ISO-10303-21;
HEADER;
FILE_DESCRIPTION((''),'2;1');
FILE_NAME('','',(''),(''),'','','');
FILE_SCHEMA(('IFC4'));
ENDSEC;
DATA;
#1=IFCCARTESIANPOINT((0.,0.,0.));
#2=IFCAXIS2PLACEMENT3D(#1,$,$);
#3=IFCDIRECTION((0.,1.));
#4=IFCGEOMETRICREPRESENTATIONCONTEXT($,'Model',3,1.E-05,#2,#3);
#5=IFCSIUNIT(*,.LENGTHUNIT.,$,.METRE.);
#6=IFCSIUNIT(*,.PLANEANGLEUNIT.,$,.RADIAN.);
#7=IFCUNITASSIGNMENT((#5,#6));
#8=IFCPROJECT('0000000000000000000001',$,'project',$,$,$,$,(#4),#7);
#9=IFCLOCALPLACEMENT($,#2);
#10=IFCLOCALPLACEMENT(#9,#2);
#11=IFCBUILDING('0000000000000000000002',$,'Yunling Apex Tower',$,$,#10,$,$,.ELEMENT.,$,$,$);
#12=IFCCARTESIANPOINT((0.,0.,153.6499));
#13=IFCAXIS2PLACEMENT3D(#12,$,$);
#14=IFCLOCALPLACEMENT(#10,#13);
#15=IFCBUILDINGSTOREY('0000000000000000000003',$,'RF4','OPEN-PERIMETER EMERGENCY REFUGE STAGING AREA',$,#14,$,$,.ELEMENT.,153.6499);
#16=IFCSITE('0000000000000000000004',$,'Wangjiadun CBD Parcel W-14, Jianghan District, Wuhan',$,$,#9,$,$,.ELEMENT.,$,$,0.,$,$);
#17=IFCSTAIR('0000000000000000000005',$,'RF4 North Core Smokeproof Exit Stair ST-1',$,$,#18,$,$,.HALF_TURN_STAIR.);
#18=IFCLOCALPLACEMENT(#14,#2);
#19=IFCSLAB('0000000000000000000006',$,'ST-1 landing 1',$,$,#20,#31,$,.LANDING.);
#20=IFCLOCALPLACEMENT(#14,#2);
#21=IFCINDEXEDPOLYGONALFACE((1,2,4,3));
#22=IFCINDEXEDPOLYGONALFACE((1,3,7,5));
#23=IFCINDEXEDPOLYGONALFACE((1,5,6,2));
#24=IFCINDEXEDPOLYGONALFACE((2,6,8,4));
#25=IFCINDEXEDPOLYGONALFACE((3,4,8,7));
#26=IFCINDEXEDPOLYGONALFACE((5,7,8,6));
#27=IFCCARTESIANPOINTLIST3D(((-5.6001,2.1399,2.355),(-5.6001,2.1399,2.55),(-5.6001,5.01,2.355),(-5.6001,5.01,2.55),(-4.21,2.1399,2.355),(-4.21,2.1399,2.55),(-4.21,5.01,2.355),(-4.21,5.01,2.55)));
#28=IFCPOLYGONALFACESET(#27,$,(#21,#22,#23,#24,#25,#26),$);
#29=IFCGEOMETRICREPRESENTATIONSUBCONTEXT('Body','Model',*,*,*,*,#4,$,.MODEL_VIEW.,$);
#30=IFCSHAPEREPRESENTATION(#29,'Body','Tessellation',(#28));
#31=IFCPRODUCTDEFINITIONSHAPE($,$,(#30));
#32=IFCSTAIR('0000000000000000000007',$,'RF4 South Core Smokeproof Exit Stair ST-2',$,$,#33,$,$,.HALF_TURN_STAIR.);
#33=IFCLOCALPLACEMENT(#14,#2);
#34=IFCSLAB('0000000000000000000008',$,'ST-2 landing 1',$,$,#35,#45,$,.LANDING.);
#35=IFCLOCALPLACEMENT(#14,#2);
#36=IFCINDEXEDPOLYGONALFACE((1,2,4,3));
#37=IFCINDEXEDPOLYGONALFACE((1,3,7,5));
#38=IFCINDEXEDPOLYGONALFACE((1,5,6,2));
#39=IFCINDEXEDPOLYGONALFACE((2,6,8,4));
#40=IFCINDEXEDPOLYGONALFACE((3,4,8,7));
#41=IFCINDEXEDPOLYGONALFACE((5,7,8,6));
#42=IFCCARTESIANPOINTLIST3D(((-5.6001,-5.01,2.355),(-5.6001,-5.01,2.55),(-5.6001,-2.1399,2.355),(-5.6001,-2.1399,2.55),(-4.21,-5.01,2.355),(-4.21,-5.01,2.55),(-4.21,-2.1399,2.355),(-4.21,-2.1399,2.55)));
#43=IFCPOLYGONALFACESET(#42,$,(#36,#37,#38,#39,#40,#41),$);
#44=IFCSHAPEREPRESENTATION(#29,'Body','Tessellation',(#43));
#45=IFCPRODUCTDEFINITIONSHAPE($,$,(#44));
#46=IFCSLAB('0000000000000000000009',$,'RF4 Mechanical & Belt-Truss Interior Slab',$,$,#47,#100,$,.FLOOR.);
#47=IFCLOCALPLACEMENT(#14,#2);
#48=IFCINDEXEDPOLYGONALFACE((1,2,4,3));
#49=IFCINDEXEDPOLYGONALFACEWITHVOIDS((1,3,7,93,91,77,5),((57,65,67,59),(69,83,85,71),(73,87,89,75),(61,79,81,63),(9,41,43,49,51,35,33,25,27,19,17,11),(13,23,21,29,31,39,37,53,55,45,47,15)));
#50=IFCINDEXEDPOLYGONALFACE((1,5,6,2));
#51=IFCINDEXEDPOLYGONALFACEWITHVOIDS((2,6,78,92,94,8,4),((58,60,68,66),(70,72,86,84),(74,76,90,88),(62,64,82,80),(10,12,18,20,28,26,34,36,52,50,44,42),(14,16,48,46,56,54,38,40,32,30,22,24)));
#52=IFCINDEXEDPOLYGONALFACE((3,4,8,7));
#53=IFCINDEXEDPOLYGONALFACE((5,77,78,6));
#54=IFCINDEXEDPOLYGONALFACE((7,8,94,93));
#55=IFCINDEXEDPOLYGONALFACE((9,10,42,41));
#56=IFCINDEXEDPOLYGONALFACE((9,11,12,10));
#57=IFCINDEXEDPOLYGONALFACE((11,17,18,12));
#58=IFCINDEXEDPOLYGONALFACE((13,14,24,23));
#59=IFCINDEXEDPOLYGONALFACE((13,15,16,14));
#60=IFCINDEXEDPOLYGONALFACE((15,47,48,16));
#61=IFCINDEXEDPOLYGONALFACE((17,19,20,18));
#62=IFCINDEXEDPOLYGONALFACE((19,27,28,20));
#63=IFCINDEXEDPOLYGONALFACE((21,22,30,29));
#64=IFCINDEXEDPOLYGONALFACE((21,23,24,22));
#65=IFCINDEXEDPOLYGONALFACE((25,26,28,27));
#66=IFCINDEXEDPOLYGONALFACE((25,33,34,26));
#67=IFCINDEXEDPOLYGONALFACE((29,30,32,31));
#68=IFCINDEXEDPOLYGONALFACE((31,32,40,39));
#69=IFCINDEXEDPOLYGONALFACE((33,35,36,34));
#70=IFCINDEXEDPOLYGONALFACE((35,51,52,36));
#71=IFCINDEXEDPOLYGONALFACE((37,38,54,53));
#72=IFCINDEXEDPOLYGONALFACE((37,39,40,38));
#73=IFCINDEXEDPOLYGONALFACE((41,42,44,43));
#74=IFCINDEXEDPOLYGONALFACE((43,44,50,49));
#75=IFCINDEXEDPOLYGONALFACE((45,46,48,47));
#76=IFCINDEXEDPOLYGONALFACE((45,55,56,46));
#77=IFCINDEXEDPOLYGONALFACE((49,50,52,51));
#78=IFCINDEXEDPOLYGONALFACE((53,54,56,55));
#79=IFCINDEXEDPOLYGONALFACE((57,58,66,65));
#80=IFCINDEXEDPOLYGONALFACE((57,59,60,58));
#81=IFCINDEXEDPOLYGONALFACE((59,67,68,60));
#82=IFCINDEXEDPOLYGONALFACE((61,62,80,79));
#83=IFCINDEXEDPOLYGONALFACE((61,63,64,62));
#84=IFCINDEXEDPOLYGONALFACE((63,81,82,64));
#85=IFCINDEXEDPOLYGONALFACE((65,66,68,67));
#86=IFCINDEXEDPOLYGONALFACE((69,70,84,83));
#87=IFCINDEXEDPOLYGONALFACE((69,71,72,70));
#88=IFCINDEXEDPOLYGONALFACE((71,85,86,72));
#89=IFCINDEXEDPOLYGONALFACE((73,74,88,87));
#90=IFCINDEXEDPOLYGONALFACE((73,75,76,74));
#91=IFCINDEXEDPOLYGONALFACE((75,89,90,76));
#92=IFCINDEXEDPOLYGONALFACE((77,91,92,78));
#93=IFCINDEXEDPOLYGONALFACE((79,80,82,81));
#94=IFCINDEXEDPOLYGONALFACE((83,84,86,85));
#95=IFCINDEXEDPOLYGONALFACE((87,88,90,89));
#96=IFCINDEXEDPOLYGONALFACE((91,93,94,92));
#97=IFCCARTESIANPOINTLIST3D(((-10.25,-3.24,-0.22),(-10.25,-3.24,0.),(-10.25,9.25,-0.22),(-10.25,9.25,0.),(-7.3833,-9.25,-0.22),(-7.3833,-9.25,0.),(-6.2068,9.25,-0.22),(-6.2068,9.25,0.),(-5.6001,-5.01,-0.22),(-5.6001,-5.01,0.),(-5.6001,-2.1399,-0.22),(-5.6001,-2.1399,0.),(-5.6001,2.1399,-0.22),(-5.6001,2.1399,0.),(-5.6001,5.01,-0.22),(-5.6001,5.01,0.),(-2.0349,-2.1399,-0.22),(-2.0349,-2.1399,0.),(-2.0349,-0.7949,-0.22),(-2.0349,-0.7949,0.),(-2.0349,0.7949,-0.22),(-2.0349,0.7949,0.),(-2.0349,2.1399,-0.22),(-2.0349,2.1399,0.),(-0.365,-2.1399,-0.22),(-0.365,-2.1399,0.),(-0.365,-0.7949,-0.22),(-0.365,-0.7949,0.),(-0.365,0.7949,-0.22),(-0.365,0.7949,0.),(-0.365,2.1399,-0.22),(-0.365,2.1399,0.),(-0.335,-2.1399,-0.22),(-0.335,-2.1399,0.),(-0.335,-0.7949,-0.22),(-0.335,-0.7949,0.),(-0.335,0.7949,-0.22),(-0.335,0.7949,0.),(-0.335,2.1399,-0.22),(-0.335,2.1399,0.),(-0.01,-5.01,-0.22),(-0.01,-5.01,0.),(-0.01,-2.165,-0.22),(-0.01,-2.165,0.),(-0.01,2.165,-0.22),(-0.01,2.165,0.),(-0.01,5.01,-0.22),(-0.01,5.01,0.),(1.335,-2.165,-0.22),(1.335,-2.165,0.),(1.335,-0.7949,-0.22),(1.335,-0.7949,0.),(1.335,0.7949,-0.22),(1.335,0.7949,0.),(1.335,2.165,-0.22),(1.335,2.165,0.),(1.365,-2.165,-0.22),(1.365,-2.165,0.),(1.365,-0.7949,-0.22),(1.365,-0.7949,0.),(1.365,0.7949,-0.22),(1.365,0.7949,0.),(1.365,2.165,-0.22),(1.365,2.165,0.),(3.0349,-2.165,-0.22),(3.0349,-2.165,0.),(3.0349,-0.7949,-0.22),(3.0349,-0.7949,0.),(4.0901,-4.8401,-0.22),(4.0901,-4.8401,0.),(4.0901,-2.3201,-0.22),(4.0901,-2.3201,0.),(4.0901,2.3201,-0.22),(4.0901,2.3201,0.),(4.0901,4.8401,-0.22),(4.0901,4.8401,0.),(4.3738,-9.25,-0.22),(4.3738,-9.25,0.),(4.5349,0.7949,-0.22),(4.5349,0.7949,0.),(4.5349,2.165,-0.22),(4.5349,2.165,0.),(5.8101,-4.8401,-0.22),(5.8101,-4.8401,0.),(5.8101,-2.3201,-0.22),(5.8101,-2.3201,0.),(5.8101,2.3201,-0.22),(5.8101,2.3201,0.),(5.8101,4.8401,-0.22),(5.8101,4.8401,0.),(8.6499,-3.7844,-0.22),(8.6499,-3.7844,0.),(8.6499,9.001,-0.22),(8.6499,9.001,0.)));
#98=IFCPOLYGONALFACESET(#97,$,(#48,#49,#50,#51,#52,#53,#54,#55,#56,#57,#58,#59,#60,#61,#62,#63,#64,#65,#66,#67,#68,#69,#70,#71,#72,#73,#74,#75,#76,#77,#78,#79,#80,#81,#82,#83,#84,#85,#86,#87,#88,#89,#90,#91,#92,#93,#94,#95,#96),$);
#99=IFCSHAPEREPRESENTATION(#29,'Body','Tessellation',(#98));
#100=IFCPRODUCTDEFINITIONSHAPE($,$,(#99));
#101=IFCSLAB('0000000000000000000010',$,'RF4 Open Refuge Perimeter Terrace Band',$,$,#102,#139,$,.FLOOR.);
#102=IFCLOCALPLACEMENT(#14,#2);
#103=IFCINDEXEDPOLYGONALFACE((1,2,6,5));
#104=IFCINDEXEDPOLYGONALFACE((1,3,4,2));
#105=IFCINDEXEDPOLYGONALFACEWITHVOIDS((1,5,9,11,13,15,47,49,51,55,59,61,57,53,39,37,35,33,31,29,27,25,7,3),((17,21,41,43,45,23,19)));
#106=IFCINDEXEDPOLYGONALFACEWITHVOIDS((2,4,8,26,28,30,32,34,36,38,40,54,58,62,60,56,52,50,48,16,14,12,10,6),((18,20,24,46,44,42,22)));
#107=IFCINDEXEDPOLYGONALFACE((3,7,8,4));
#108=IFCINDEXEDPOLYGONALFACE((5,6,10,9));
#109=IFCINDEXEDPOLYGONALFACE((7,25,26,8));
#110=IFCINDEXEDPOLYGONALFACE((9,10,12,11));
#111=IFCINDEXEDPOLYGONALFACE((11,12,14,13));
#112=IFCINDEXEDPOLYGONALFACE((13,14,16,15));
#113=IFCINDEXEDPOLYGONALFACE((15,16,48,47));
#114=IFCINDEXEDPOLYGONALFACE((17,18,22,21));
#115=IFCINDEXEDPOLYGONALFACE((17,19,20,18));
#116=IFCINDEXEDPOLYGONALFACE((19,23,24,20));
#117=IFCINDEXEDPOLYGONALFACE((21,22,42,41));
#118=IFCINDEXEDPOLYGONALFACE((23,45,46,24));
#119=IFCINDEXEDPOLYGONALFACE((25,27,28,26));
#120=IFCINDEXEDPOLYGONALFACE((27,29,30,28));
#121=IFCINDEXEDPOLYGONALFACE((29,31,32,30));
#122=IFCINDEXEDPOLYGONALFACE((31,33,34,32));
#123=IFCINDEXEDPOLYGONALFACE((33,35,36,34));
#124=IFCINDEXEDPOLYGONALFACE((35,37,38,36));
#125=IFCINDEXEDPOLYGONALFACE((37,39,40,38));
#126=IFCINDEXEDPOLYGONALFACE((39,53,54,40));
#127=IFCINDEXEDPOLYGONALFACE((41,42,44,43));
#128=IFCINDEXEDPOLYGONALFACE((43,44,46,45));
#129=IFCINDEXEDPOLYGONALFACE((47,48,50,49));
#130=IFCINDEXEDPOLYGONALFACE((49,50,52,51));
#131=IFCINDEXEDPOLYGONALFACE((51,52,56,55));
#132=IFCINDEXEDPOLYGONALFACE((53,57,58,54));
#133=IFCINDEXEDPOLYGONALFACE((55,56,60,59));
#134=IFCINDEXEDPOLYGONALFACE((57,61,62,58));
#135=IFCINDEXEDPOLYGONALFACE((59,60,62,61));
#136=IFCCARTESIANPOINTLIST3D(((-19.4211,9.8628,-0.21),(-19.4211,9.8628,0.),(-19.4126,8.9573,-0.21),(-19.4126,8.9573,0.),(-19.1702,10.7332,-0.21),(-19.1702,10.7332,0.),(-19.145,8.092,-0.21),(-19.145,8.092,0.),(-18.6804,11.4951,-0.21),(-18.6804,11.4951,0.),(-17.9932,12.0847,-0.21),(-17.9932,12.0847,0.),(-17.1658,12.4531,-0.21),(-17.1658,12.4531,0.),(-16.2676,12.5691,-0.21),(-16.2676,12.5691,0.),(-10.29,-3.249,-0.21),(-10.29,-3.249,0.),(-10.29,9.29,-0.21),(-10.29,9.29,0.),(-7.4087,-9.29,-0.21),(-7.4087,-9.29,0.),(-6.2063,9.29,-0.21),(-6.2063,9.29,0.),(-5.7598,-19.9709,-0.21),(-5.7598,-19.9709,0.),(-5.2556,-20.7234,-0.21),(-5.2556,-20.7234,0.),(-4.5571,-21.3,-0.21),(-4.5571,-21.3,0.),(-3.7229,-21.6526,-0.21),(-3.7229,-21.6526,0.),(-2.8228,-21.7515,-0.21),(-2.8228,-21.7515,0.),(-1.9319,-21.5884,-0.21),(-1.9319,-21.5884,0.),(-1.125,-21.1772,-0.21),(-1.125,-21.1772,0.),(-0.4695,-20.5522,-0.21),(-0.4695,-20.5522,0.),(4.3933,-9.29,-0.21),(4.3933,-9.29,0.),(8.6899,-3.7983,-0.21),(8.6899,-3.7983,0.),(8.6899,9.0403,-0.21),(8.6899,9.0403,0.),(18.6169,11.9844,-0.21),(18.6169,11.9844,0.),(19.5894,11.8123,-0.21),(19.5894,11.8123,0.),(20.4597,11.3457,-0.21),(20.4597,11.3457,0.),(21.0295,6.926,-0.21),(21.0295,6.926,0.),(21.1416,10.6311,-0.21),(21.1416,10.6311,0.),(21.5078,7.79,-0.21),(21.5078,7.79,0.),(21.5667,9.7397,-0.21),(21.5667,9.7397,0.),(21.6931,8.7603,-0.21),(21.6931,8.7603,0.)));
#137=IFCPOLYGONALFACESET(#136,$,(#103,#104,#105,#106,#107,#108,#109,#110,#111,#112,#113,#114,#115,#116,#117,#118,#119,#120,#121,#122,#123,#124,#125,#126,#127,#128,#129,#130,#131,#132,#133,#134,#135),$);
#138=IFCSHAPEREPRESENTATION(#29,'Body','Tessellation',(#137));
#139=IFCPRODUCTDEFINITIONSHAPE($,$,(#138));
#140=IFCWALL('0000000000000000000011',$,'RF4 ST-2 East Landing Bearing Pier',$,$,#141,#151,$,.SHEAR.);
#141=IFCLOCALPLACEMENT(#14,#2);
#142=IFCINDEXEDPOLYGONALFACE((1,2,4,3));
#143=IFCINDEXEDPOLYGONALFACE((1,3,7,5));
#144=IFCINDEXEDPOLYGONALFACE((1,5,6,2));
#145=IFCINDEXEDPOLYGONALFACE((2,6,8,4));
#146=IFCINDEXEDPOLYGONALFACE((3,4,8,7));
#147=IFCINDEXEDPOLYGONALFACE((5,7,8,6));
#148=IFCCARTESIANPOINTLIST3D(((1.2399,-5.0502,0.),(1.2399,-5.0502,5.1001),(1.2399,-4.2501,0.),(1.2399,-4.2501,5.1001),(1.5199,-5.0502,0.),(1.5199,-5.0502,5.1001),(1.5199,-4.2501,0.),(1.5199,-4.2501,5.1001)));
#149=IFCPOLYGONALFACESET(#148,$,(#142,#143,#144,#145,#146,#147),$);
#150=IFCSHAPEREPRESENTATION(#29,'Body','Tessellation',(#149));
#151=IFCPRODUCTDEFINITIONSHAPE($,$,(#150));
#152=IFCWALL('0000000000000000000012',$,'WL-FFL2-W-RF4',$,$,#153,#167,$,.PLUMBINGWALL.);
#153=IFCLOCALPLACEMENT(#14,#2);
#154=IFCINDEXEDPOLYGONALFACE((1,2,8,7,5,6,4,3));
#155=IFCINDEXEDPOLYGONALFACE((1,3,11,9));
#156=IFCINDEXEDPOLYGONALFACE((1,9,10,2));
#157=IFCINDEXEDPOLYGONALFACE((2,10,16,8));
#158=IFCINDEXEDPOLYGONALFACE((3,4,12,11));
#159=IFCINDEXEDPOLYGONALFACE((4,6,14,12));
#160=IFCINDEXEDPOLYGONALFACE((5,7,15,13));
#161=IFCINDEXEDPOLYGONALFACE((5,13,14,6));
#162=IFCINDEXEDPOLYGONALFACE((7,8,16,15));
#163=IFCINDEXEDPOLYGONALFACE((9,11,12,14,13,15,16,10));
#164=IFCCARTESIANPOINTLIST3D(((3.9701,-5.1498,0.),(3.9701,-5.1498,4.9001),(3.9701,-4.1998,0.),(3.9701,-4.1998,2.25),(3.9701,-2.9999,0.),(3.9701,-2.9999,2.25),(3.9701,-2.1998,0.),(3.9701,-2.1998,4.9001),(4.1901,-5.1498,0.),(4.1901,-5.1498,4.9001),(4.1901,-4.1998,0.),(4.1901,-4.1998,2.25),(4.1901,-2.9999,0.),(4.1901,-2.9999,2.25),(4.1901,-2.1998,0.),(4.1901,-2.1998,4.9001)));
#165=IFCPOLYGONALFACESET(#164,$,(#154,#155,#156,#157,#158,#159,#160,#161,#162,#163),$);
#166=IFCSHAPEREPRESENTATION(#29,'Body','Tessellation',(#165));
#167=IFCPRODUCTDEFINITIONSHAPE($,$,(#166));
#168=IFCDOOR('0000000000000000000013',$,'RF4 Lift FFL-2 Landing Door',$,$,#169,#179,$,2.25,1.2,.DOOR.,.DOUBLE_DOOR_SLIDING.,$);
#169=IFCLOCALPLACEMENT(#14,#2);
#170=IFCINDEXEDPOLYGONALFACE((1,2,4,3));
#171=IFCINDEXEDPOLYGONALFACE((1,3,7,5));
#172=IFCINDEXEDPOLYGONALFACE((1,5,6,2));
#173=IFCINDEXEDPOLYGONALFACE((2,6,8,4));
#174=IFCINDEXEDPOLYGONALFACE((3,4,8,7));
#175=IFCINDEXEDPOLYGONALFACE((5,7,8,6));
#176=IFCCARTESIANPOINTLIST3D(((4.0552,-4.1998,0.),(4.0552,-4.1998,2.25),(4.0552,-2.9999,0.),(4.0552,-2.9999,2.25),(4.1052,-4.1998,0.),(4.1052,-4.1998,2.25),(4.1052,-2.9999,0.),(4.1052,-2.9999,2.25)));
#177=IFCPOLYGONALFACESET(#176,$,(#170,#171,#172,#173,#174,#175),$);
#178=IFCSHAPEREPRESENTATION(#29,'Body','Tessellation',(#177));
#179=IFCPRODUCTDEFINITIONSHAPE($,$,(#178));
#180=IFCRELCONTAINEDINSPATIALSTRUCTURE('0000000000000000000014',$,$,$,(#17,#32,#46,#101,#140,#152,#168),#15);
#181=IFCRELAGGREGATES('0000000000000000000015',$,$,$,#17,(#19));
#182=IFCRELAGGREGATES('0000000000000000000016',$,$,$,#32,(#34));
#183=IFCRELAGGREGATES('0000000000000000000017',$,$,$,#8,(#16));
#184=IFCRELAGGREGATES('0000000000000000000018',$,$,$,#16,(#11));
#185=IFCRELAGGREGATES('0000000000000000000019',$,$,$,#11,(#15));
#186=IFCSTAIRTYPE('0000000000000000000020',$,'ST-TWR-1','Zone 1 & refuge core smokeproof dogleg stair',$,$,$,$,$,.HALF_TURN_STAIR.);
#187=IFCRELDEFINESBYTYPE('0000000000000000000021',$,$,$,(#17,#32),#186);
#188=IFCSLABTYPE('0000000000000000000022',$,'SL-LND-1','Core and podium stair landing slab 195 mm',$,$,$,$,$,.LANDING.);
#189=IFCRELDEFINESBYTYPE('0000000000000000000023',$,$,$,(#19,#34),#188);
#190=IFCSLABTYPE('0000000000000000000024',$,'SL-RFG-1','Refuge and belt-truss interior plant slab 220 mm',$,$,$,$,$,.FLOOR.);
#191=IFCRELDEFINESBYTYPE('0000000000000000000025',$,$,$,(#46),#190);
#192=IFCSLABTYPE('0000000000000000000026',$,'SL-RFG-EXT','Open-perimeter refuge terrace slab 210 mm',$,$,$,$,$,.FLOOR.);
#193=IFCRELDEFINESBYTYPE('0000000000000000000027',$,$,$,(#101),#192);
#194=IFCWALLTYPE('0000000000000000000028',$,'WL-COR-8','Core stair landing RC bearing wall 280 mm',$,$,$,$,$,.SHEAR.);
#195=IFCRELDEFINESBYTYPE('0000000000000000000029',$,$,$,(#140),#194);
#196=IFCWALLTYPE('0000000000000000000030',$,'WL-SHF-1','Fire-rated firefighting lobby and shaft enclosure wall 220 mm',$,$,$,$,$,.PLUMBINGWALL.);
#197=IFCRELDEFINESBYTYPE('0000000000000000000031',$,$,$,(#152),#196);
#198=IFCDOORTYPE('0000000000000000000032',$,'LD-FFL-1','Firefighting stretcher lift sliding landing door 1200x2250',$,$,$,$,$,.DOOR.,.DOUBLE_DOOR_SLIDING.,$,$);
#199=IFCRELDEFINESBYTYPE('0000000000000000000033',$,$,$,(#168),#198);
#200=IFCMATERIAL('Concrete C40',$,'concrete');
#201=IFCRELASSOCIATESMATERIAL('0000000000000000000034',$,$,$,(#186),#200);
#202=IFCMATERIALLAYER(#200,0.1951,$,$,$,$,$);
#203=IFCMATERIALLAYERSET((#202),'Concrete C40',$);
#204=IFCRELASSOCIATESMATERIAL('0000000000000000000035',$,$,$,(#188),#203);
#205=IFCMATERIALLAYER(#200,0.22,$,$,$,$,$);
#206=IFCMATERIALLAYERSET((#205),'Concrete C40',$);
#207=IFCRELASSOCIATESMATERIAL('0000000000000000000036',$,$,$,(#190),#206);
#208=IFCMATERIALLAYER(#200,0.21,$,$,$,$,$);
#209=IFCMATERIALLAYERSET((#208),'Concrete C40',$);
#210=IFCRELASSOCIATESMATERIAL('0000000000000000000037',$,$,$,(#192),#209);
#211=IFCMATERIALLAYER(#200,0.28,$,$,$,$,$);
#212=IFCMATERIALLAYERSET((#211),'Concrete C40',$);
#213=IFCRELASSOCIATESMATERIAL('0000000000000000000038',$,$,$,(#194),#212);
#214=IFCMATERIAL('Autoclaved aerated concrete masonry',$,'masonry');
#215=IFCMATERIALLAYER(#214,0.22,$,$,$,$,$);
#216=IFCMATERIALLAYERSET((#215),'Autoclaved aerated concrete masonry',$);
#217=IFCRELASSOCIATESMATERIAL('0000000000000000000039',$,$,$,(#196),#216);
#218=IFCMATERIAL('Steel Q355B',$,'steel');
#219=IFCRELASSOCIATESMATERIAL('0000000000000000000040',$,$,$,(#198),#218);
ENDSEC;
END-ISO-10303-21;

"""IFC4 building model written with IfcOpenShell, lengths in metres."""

from ifc_helpers import new_model, si_unit, direction, frame, frame_2d, origin, place, context, subcontext, project, spatial, polyline, rectangle, outline, extrude, material, layer, layer_set, type_object, element, fill, aggregate, save


model = new_model("IFC4")

# Units and contexts
model_context = context("Model", 3, precision=1e-05, world=origin(), true_north=direction((0.0, 1.0)))
body_context = subcontext(model_context, "Body", "Model", "MODEL_VIEW")
ifc_project = project(units=[si_unit("LENGTHUNIT", "METRE"), si_unit("PLANEANGLEUNIT", "RADIAN")], contexts=[model_context])

# Site, building, storey
site_placement = place(None, origin())
site = spatial("IfcSite", under=ifc_project, at=site_placement, Name="Wangjiadun CBD Parcel W-14, Jianghan District, Wuhan", CompositionType="ELEMENT", RefElevation=0.0)
building_placement = place(site_placement, origin())
building = spatial("IfcBuilding", under=site, at=building_placement, Name="Yunling Apex Tower", CompositionType="ELEMENT")
storey_placement = place(building_placement, frame((0.0, 0.0, 153.6499)))
storey = spatial("IfcBuildingStorey", under=building, at=storey_placement, Name="RF4", Description="OPEN-PERIMETER EMERGENCY REFUGE STAGING AREA", CompositionType="ELEMENT", Elevation=153.6499)

# Stairs, slabs
ifc_material_1 = material(Name="Concrete C40", Category="concrete")
stair_type = type_object("IfcStairType", Name="ST-TWR-1", Description="Zone 1 & refuge core smokeproof dogleg stair", PredefinedType="HALF_TURN_STAIR", material=ifc_material_1)
stair_1_placement = place(storey_placement, origin())
stair_1 = element("IfcStair", 1, at=stair_1_placement, inside=storey, type_object=stair_type, Name="RF4 North Core Smokeproof Exit Stair ST-1", PredefinedType="HALF_TURN_STAIR")
ifc_layer_1 = layer(ifc_material_1, 0.1951)
ifc_layer_set_1 = layer_set([ifc_layer_1], Name="Concrete C40")
slab_type_1 = type_object("IfcSlabType", Name="SL-LND-1", Description="Core and podium stair landing slab 195 mm", PredefinedType="LANDING", material=ifc_layer_set_1)
slab_1_placement = place(storey_placement, frame((0.0, 0.0, 2.355)))
slab_1 = element("IfcSlab", 2, at=slab_1_placement, type_object=slab_type_1, Name="ST-1 landing 1", PredefinedType="LANDING", context=body_context, shape_type="SweptSolid", body=[
    extrude(outline(polyline([(-4.21, 5.01), (-5.6001, 5.01), (-5.6001, 2.1399), (-4.21, 2.1399), (-4.21, 5.01)])), origin(), (0.0, 0.0, 1.0), 0.1951),
])
aggregate(stair_1, [slab_1])
stair_2_placement = place(storey_placement, origin())
stair_2 = element("IfcStair", 3, at=stair_2_placement, inside=storey, type_object=stair_type, Name="RF4 South Core Smokeproof Exit Stair ST-2", PredefinedType="HALF_TURN_STAIR")
slab_2_placement = place(storey_placement, frame((0.0, 0.0, 2.355)))
slab_2 = element("IfcSlab", 4, at=slab_2_placement, type_object=slab_type_1, Name="ST-2 landing 1", PredefinedType="LANDING", context=body_context, shape_type="SweptSolid", body=[
    extrude(outline(polyline([(-4.21, -2.1399), (-5.6001, -2.1399), (-5.6001, -5.01), (-4.21, -5.01), (-4.21, -2.1399)])), origin(), (0.0, 0.0, 1.0), 0.1951),
])

# Slabs
ifc_layer_2 = layer(ifc_material_1, 0.22)
ifc_layer_set_2 = layer_set([ifc_layer_2], Name="Concrete C40")
slab_type_2 = type_object("IfcSlabType", Name="SL-RFG-1", Description="Refuge and belt-truss interior plant slab 220 mm", PredefinedType="FLOOR", material=ifc_layer_set_2)
slab_3_placement = place(storey_placement, frame((0.0, 0.0, -0.22)))
element("IfcSlab", 5, at=slab_3_placement, inside=storey, type_object=slab_type_2, Name="RF4 Mechanical & Belt-Truss Interior Slab", PredefinedType="FLOOR", context=body_context, shape_type="SweptSolid", body=[
    extrude(outline(polyline([(8.6499, 9.001), (-6.2068, 9.25), (-10.25, 9.25), (-10.25, -3.24), (-7.3833, -9.25), (4.3738, -9.25), (8.6499, -3.7844), (8.6499, 9.001)]), holes=[polyline([(5.8101, -2.3201), (5.8101, -4.8401), (4.0901, -4.8401), (4.0901, -2.3201), (5.8101, -2.3201)]), polyline([(5.8101, 4.8401), (5.8101, 2.3201), (4.0901, 2.3201), (4.0901, 4.8401), (5.8101, 4.8401)]), polyline([(4.5349, 0.7949), (1.365, 0.7949), (1.365, 2.165), (4.5349, 2.165), (4.5349, 0.7949)]), polyline([(3.0349, -0.7949), (3.0349, -2.165), (1.365, -2.165), (1.365, -0.7949), (3.0349, -0.7949)]), polyline([(-2.0349, -0.7949), (-0.365, -0.7949), (-0.365, -2.1399), (-0.335, -2.1399), (-0.335, -0.7949), (1.335, -0.7949), (1.335, -2.165), (-0.01, -2.165), (-0.01, -5.01), (-5.6001, -5.01), (-5.6001, -2.1399), (-2.0349, -2.1399), (-2.0349, -0.7949)]), polyline([(-5.6001, 2.1399), (-5.6001, 5.01), (-0.01, 5.01), (-0.01, 2.165), (1.335, 2.165), (1.335, 0.7949), (-0.335, 0.7949), (-0.335, 2.1399), (-0.365, 2.1399), (-0.365, 0.7949), (-2.0349, 0.7949), (-2.0349, 2.1399), (-5.6001, 2.1399)])]), origin(), (0.0, 0.0, 1.0), 0.22),
])
ifc_layer_3 = layer(ifc_material_1, 0.21)
ifc_layer_set_3 = layer_set([ifc_layer_3], Name="Concrete C40")
slab_type_3 = type_object("IfcSlabType", Name="SL-RFG-EXT", Description="Open-perimeter refuge terrace slab 210 mm", PredefinedType="FLOOR", material=ifc_layer_set_3)
slab_4_placement = place(storey_placement, frame((0.0, 0.0, -0.21)))
element("IfcSlab", 6, at=slab_4_placement, inside=storey, type_object=slab_type_3, Name="RF4 Open Refuge Perimeter Terrace Band", PredefinedType="FLOOR", context=body_context, shape_type="SweptSolid", body=[
    extrude(outline(polyline([(-5.7598, -19.9709), (-5.2556, -20.7234), (-4.5571, -21.3), (-3.7229, -21.6526), (-2.8228, -21.7515), (-1.9319, -21.5884), (-1.125, -21.1772), (-0.4695, -20.5522), (21.0295, 6.926), (21.5078, 7.79), (21.6931, 8.7603), (21.5667, 9.7397), (21.1416, 10.6311), (20.4597, 11.3457), (19.5894, 11.8123), (18.6169, 11.9844), (-16.2676, 12.5691), (-17.1658, 12.4531), (-17.9932, 12.0847), (-18.6804, 11.4951), (-19.1702, 10.7332), (-19.4211, 9.8628), (-19.4126, 8.9573), (-19.145, 8.092), (-5.7598, -19.9709)]), holes=[polyline([(4.3933, -9.29), (-7.4087, -9.29), (-10.29, -3.249), (-10.29, 9.29), (-6.2063, 9.29), (8.6899, 9.0403), (8.6899, -3.7983), (4.3933, -9.29)])]), origin(), (0.0, 0.0, 1.0), 0.21),
])

# Wall
ifc_layer_4 = layer(ifc_material_1, 0.28)
ifc_layer_set_4 = layer_set([ifc_layer_4], Name="Concrete C40")
wall_type_1 = type_object("IfcWallType", Name="WL-COR-8", Description="Core stair landing RC bearing wall 280 mm", PredefinedType="SHEAR", material=ifc_layer_set_4)
wall_1_placement = place(storey_placement, frame((1.3799, -5.05, 0.0), z_axis=(0.0, 0.0, 1.0), x_axis=(0.0, 1.0, 0.0)))
element("IfcWall", 7, at=wall_1_placement, inside=storey, type_object=wall_type_1, Name="RF4 ST-2 East Landing Bearing Pier", PredefinedType="SHEAR", context=body_context, shape_type="SweptSolid", body=[
    extrude(rectangle(XDim=0.8, YDim=0.28, at=frame_2d((0.3999, 0.0))), origin(), (0.0, 0.0, 1.0), 5.1001),
])

# Wall, opening, door
ifc_material_2 = material(Name="Autoclaved aerated concrete masonry", Category="masonry")
ifc_layer_5 = layer(ifc_material_2, 0.22)
ifc_layer_set_5 = layer_set([ifc_layer_5], Name="Autoclaved aerated concrete masonry")
wall_type_2 = type_object("IfcWallType", Name="WL-SHF-1", Description="Fire-rated firefighting lobby and shaft enclosure wall 220 mm", PredefinedType="PLUMBINGWALL", material=ifc_layer_set_5)
ifc_material_3 = material(Name="Steel Q355B", Category="steel")
wall_2_placement = place(storey_placement, frame((4.0801, -5.1499, 0.0), z_axis=(0.0, 0.0, 1.0), x_axis=(0.0, 1.0, 0.0)))
wall_2 = element("IfcWall", 8, at=wall_2_placement, inside=storey, type_object=wall_type_2, Name="WL-FFL2-W-RF4", PredefinedType="PLUMBINGWALL", context=body_context, shape_type="SweptSolid", body=[
    extrude(rectangle(XDim=2.95, YDim=0.22, at=frame_2d((1.4751, 0.0))), origin(), (0.0, 0.0, 1.0), 4.9001),
])
opening_1_placement = place(wall_2_placement, frame((0.95, 0.0, 0.0)))
opening_1 = element("IfcOpeningElement", 9, at=opening_1_placement, cuts=wall_2, PredefinedType="OPENING", context=body_context, shape_type="SweptSolid", body=[
    extrude(rectangle(XDim=1.2, YDim=2.25, at=frame_2d((0.6001, 1.125))), frame((0.0, 0.1201, 0.0), z_axis=(0.0, -1.0, 0.0), x_axis=(1.0, 0.0, 0.0)), (0.0, 0.0, 1.0), 0.24),
])
door_type_1 = type_object("IfcDoorType", Name="LD-FFL-1", Description="Firefighting stretcher lift sliding landing door 1200x2250", OperationType="DOUBLE_DOOR_SLIDING", PredefinedType="DOOR", material=ifc_material_3)
door_1_placement = place(opening_1_placement, origin())
door_1 = element("IfcDoor", 10, at=door_1_placement, inside=storey, type_object=door_type_1, Name="RF4 Lift FFL-2 Landing Door", OperationType="DOUBLE_DOOR_SLIDING", OverallHeight=2.25, OverallWidth=1.2, PredefinedType="DOOR", context=body_context, shape_type="SweptSolid", body=[
    extrude(rectangle(XDim=1.2, YDim=2.25, at=frame_2d((0.6001, 1.125))), frame((0.0, 0.0249, 0.0), z_axis=(0.0, -1.0, 0.0), x_axis=(1.0, 0.0, 0.0)), (0.0, 0.0, 1.0), 0.05),
])
fill(opening_1, door_1)

aggregate(stair_2, [slab_2])

save(model, "model.ifc")
